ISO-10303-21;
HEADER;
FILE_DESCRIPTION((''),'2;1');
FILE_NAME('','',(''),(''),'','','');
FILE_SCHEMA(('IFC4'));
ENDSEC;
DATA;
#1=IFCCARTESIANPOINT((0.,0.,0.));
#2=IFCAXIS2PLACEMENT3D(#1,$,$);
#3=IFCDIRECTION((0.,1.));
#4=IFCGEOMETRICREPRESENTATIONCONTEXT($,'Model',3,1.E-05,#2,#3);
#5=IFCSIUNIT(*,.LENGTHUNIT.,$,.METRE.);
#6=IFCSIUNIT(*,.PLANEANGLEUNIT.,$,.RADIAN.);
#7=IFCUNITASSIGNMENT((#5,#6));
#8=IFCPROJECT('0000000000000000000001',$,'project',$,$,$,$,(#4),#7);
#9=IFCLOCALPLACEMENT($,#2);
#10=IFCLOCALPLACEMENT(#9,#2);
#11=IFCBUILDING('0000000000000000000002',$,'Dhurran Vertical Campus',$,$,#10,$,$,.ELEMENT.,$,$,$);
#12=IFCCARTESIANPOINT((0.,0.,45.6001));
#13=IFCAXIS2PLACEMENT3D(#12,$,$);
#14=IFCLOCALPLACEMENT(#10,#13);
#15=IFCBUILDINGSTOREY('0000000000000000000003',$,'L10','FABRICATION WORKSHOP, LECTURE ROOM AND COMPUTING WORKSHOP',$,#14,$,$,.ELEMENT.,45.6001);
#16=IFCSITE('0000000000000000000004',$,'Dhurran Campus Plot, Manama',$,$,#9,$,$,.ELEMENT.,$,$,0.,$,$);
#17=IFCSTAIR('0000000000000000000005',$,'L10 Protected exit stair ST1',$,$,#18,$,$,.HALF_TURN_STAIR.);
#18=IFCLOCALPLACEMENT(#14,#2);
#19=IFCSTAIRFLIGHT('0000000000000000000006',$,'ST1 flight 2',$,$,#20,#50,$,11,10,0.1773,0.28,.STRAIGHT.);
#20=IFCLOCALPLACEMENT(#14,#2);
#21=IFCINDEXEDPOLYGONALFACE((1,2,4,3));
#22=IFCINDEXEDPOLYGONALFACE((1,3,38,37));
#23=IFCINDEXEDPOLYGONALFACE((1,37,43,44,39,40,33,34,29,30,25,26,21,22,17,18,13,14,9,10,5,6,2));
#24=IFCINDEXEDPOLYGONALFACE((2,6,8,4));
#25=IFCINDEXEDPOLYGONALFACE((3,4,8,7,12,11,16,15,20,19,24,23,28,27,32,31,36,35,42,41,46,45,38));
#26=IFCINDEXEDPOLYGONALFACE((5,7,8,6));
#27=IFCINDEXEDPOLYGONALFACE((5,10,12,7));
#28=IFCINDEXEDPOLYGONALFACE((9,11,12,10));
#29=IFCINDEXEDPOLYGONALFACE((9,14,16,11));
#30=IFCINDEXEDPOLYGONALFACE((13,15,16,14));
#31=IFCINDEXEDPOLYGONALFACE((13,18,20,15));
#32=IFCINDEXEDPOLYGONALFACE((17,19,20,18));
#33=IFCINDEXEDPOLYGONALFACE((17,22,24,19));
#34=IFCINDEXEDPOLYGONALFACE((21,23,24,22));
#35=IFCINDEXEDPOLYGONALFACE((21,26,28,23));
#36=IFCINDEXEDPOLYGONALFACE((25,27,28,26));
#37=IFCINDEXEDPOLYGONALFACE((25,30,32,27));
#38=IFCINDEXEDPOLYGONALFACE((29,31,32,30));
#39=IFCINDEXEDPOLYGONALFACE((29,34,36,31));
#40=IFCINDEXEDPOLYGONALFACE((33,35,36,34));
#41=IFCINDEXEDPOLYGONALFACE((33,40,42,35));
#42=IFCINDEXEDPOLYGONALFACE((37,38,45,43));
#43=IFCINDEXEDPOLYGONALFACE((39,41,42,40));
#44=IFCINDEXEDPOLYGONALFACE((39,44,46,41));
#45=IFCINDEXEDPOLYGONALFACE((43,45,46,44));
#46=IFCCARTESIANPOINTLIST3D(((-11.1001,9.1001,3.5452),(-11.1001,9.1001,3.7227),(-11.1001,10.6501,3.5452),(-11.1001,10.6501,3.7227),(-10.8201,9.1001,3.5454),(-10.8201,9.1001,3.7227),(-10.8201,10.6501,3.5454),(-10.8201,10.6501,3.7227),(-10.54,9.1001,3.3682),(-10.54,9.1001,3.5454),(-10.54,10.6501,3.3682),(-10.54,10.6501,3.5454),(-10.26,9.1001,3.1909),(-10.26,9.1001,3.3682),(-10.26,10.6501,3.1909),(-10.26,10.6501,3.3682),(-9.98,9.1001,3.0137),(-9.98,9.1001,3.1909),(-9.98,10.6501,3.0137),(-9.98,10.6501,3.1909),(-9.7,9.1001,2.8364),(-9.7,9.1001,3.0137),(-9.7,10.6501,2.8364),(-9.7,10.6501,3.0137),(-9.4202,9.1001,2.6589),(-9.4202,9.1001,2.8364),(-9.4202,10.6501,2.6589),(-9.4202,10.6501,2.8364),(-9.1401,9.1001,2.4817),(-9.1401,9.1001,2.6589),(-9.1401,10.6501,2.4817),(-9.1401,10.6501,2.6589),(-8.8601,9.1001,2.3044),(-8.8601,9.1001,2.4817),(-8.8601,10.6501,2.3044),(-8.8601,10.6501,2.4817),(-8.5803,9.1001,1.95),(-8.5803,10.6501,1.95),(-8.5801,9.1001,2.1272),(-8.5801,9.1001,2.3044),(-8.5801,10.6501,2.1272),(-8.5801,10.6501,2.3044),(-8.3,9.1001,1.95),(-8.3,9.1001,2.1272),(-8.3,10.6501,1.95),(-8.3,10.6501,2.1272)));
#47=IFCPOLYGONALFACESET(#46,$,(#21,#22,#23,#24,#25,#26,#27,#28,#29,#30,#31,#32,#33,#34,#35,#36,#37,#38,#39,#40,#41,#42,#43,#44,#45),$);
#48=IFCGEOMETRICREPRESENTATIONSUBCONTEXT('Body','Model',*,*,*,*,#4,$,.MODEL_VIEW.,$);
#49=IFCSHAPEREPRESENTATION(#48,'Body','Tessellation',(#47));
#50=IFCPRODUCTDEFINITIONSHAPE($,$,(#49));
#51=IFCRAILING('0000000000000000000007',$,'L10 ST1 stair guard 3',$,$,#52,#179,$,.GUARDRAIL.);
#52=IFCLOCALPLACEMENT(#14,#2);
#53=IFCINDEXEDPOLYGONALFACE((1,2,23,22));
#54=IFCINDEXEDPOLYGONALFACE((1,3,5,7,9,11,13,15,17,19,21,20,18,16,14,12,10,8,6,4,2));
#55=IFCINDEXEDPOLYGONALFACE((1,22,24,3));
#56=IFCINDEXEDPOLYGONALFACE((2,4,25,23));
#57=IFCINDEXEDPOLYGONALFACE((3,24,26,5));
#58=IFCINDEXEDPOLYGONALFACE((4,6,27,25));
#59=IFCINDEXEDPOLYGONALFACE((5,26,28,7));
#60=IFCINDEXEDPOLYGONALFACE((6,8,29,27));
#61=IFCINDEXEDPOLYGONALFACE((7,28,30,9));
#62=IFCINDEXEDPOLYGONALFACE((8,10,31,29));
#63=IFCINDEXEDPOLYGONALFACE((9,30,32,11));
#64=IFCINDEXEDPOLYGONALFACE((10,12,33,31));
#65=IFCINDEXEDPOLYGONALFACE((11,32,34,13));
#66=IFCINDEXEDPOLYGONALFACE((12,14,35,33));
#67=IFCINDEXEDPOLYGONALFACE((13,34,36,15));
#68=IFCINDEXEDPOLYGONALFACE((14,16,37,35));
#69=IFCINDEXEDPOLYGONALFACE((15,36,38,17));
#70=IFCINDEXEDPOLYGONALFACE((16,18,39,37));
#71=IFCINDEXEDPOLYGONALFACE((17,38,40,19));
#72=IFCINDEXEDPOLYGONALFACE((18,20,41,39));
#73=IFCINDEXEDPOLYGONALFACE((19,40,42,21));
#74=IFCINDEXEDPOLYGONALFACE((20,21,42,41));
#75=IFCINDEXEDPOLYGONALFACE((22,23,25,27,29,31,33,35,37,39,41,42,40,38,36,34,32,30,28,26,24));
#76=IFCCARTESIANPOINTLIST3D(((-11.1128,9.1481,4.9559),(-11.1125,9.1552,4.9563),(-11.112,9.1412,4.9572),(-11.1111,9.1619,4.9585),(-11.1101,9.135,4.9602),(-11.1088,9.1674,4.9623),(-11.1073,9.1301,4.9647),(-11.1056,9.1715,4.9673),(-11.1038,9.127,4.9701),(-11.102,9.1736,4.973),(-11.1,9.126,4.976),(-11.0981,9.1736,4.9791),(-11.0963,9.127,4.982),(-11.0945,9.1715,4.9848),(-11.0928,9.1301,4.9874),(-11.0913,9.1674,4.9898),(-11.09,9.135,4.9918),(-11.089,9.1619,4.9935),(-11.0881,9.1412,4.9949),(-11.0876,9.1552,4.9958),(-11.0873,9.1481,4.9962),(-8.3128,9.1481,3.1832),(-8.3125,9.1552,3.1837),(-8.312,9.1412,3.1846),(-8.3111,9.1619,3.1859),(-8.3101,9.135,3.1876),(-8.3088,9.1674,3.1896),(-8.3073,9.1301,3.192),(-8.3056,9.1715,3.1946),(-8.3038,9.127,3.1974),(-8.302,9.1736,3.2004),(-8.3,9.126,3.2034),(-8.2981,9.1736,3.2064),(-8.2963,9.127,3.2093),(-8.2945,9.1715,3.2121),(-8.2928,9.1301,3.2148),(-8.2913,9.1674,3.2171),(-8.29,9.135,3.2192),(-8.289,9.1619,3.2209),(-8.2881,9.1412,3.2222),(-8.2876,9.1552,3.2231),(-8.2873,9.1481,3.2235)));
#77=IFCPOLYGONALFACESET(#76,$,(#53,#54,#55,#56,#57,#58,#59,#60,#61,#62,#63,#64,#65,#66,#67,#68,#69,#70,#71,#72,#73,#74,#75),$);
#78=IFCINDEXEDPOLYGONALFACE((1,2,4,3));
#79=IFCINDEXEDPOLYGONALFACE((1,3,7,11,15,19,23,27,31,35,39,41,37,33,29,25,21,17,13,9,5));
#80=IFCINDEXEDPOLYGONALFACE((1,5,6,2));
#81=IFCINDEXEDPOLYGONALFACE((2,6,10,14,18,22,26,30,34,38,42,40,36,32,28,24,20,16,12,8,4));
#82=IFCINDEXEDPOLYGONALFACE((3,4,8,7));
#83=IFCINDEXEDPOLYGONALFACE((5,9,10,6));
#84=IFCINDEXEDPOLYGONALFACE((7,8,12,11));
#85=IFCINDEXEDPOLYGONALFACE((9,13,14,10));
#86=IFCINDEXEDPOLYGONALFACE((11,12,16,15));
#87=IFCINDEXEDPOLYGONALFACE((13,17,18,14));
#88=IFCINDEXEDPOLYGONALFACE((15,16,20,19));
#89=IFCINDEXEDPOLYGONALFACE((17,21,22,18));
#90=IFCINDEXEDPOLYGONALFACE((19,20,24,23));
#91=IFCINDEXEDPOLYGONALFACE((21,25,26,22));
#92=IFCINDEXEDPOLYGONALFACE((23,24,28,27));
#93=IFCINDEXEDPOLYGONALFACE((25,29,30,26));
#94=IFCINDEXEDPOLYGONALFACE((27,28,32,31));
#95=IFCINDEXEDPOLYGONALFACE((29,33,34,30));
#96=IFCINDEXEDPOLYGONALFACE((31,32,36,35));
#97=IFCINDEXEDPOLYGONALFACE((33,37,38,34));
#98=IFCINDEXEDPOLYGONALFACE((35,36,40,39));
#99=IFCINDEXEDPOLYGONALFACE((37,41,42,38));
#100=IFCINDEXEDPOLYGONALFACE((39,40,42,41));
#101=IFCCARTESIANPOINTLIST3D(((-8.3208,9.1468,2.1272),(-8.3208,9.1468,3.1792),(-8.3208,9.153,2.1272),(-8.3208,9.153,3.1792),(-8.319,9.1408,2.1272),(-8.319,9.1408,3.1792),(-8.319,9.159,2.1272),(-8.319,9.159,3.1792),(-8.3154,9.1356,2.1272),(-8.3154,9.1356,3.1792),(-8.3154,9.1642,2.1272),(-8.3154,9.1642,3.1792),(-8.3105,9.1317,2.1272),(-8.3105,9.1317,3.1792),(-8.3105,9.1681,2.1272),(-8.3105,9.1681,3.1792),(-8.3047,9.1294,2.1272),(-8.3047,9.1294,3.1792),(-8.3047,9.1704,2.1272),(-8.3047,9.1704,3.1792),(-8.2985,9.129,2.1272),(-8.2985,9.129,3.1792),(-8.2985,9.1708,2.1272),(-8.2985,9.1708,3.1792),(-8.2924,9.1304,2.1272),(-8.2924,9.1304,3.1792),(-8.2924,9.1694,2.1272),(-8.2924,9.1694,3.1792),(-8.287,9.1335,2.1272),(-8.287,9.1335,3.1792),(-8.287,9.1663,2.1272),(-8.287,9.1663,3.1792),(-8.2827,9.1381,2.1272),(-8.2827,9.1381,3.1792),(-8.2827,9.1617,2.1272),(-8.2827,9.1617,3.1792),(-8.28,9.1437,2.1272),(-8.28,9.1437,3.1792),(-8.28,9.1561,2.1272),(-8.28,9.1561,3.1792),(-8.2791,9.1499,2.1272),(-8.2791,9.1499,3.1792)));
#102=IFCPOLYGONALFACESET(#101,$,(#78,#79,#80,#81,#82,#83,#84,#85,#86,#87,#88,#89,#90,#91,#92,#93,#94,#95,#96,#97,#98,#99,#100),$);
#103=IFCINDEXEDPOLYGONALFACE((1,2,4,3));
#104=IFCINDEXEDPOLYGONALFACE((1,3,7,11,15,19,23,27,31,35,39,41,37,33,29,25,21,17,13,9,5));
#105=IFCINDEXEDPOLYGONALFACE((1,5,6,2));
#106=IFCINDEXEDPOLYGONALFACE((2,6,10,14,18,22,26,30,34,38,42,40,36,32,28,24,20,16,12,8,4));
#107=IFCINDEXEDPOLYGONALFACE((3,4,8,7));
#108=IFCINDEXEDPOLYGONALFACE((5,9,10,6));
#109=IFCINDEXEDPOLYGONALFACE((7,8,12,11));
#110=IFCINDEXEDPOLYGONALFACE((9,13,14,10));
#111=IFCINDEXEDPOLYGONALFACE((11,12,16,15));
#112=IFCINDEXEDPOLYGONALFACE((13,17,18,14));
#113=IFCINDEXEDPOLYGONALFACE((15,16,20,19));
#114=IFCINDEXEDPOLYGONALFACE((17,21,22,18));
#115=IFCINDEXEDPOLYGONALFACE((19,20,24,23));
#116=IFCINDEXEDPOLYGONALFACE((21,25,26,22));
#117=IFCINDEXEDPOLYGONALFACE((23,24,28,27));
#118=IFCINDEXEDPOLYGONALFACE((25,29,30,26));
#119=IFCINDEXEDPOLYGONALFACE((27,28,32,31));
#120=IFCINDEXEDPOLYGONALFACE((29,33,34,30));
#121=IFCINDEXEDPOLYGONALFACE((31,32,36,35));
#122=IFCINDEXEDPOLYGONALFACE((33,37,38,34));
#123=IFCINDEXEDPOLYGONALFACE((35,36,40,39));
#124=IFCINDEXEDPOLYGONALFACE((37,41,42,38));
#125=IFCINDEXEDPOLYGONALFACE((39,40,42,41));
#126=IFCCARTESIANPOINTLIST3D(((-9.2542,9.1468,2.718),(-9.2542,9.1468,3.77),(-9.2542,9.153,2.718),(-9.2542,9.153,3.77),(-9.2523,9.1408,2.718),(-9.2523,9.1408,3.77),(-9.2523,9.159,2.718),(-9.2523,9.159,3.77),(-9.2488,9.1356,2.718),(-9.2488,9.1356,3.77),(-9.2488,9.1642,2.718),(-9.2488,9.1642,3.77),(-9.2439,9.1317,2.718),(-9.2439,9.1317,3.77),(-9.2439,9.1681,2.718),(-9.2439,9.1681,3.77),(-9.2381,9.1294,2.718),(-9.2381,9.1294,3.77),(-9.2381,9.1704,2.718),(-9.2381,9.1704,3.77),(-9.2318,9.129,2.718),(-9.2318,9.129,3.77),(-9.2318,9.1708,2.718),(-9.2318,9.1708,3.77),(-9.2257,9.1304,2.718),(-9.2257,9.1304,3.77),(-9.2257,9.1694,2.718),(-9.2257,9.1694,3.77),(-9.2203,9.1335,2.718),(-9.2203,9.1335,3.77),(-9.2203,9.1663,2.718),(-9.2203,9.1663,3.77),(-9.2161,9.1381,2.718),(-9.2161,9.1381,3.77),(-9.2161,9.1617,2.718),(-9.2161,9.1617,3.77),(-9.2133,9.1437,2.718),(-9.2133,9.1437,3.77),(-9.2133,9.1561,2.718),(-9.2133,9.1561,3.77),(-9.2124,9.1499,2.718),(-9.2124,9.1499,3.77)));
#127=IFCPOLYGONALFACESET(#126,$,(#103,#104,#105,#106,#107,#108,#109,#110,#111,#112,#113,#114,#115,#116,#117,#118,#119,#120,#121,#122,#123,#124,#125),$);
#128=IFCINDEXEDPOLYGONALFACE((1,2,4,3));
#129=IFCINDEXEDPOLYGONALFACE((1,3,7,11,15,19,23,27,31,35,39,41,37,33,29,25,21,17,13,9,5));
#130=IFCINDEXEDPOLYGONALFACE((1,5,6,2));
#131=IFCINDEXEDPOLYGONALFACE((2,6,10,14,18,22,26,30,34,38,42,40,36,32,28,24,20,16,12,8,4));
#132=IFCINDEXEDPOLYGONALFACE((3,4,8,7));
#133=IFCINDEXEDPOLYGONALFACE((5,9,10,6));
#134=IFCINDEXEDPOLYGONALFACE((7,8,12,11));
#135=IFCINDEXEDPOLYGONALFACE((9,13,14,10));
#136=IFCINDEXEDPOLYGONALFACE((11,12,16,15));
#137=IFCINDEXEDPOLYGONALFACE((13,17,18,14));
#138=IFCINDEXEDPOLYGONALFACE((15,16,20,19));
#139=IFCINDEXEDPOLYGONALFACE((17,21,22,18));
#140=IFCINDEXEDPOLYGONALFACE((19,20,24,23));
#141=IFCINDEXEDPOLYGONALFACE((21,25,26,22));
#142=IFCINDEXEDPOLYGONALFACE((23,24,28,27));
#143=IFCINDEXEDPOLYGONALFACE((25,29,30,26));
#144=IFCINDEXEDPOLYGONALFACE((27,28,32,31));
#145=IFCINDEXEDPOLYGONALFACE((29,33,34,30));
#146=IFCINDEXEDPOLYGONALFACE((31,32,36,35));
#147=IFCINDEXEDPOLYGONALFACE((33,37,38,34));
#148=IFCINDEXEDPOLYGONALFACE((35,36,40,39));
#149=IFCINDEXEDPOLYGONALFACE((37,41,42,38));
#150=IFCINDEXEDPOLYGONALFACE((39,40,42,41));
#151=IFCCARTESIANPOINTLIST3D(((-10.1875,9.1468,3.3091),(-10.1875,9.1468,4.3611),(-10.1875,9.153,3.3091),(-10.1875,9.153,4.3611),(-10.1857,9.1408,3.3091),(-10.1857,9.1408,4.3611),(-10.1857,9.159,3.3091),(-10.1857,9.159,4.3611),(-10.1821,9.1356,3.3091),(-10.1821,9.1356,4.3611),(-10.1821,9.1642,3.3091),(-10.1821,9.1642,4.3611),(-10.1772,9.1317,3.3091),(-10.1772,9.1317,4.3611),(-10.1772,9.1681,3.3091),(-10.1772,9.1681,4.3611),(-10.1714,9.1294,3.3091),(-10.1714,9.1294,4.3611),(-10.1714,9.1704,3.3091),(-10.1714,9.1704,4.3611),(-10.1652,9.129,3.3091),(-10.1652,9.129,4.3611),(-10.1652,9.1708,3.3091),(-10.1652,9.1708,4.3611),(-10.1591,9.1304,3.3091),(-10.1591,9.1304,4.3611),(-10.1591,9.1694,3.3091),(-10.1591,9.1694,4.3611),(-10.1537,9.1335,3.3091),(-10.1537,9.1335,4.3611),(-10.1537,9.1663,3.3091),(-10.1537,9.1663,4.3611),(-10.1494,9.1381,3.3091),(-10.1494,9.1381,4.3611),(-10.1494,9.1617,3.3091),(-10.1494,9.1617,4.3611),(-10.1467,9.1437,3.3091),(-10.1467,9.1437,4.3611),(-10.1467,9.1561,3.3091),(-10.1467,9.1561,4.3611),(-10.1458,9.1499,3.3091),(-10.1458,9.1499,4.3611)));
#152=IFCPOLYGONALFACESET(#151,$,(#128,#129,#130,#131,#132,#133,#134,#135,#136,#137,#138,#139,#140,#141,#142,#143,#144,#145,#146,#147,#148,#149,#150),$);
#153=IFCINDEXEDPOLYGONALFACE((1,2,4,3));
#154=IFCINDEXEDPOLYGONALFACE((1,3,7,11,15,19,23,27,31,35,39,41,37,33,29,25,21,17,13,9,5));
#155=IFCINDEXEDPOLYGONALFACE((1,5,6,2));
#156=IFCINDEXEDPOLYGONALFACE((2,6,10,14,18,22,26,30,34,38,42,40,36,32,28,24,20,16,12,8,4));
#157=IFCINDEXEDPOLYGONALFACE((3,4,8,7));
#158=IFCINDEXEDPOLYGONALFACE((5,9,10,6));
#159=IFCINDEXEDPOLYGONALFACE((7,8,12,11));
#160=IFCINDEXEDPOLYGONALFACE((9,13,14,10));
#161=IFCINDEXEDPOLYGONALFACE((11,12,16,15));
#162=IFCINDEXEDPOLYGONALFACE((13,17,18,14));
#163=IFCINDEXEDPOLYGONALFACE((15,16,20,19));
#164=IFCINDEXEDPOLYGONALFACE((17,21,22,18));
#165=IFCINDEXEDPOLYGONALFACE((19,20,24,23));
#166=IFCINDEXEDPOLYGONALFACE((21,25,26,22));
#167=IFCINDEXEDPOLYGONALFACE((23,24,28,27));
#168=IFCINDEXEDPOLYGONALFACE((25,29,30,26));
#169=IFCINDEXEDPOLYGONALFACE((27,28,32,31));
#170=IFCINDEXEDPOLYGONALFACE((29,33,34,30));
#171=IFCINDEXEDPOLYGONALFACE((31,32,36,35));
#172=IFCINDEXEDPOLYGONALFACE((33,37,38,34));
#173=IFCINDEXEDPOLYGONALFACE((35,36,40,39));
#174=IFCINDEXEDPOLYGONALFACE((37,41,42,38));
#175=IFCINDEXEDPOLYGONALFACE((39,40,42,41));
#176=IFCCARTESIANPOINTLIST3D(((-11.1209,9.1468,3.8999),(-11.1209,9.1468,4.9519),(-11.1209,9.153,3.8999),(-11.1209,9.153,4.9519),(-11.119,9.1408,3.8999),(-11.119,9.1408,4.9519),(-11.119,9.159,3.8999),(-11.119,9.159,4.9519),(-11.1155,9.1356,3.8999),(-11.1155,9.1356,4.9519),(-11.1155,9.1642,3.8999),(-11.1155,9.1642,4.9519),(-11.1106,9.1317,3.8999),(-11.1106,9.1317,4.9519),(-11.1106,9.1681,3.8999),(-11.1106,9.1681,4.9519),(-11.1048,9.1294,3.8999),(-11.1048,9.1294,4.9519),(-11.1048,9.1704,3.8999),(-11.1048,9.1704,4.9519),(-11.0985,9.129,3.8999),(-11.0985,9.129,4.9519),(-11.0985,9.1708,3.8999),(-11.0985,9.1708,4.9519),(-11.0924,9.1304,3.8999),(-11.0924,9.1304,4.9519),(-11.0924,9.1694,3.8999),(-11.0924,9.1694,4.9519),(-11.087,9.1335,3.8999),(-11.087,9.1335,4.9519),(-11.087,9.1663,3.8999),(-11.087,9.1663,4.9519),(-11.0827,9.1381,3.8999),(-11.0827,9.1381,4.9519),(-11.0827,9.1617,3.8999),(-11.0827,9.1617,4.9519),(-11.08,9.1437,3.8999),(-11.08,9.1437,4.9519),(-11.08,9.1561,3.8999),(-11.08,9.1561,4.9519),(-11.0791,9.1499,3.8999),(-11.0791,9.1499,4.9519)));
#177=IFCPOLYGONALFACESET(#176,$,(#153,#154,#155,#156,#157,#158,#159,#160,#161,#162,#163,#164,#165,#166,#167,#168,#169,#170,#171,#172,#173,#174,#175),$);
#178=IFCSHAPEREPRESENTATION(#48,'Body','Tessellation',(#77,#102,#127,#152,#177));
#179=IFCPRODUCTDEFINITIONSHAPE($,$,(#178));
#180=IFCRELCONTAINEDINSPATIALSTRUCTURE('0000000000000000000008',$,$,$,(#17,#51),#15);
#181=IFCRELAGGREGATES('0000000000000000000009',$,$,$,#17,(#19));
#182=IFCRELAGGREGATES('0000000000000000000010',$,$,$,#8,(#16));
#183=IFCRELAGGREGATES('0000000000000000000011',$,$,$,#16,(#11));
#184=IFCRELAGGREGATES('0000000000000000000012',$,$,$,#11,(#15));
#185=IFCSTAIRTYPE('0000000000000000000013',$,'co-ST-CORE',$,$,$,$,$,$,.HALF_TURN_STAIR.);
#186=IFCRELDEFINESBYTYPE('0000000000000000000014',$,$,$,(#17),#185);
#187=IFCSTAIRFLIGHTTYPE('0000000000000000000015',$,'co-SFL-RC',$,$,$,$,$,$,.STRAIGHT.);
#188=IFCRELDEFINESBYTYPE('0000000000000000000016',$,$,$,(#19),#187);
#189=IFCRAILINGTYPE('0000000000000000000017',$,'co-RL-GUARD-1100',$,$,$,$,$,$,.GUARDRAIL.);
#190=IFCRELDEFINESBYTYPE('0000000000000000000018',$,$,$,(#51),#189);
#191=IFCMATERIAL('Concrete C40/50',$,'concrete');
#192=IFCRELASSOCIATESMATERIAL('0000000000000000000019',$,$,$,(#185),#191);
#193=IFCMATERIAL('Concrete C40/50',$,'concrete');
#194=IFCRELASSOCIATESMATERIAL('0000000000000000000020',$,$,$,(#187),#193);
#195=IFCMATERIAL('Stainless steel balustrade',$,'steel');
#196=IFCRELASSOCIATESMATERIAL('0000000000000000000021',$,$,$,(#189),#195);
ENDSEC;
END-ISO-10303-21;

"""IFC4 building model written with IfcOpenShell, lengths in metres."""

from ifc_helpers import new_model, si_unit, direction, frame, origin, origin_2d, place, context, subcontext, project, spatial, polyline, circle, outline, extrude, material, type_object, element, aggregate, save


model = new_model("IFC4")

# Units and contexts
model_context = context("Model", 3, precision=1e-05, world=origin(), true_north=direction((0.0, 1.0)))
body_context = subcontext(model_context, "Body", "Model", "MODEL_VIEW")
ifc_project = project(units=[si_unit("LENGTHUNIT", "METRE"), si_unit("PLANEANGLEUNIT", "RADIAN")], contexts=[model_context])

# Site, building, storey
site_placement = place(None, origin())
site = spatial("IfcSite", under=ifc_project, at=site_placement, Name="Dhurran Campus Plot, Manama", CompositionType="ELEMENT", RefElevation=0.0)
building_placement = place(site_placement, origin())
building = spatial("IfcBuilding", under=site, at=building_placement, Name="Dhurran Vertical Campus", CompositionType="ELEMENT")
storey_placement = place(building_placement, frame((0.0, 0.0, 45.6001)))
storey = spatial("IfcBuildingStorey", under=building, at=storey_placement, Name="L10", Description="FABRICATION WORKSHOP, LECTURE ROOM AND COMPUTING WORKSHOP", CompositionType="ELEMENT", Elevation=45.6001)

# Stair, stair flight
ifc_material_1 = material(Name="Concrete C40/50", Category="concrete")
stair_type = type_object("IfcStairType", Name="co-ST-CORE", PredefinedType="HALF_TURN_STAIR", material=ifc_material_1)
stair_placement = place(storey_placement, origin())
stair = element("IfcStair", 1, at=stair_placement, inside=storey, type_object=stair_type, Name="L10 Protected exit stair ST1", PredefinedType="HALF_TURN_STAIR")
ifc_material_2 = material(Name="Concrete C40/50", Category="concrete")
stair_flight_type = type_object("IfcStairFlightType", Name="co-SFL-RC", PredefinedType="STRAIGHT", material=ifc_material_2)
stair_flight_placement = place(storey_placement, frame((-8.3, 9.875, 1.95), z_axis=(0.0, 0.0, 1.0), x_axis=(-1.0, 0.0, 0.0)))
stair_flight = element("IfcStairFlight", 2, at=stair_flight_placement, type_object=stair_flight_type, Name="ST1 flight 2", NumberOfRisers=11, NumberOfTreads=10, PredefinedType="STRAIGHT", RiserHeight=0.1773, TreadLength=0.28, context=body_context, shape_type="SweptSolid", body=[
    extrude(outline(polyline([(0.0, 0.0), (0.0, 0.1772), (0.28, 0.1772), (0.28, 0.3545), (0.5601, 0.3545), (0.5601, 0.5317), (0.8401, 0.5317), (0.8401, 0.709), (1.1201, 0.709), (1.1201, 0.8865), (1.3999, 0.8865), (1.3999, 1.0637), (1.6799, 1.0637), (1.6799, 1.241), (1.96, 1.241), (1.96, 1.4182), (2.24, 1.4182), (2.24, 1.5955), (2.52, 1.5955), (2.52, 1.7727), (2.8, 1.7727), (2.8, 1.95), (2.8, 1.5952), (0.2803, 0.0), (0.0, 0.0)])), frame((0.0, 0.7749, 0.0), z_axis=(0.0, -1.0, 0.0), x_axis=(1.0, 0.0, 0.0)), (0.0, 0.0, 1.0), 1.55),
])
aggregate(stair, [stair_flight])

# Railing
ifc_material_3 = material(Name="Stainless steel balustrade", Category="steel")
railing_type_1 = type_object("IfcRailingType", Name="co-RL-GUARD-1100", PredefinedType="GUARDRAIL", material=ifc_material_3)
railing_1_placement = place(storey_placement, frame((-8.3, 9.1499, 2.1272)))
element("IfcRailing", 3, at=railing_1_placement, inside=storey, type_object=railing_type_1, Name="L10 ST1 stair guard 3", PredefinedType="GUARDRAIL", context=body_context, shape_type="SweptSolid", body=[
    extrude(circle(Radius=0.0239, at=origin_2d()), frame((0.0, 0.0, 1.0762), z_axis=(-0.844909, 0.0, 0.53491), x_axis=(0.0, -1.0, 0.0)), (0.0, 0.0, 1.0), 3.314),
    extrude(circle(Radius=0.021, at=origin_2d()), origin(), (0.0, 0.0, 1.0), 1.052),
    extrude(circle(Radius=0.021, at=origin_2d()), frame((-0.9333, 0.0, 0.5908)), (0.0, 0.0, 1.0), 1.052),
    extrude(circle(Radius=0.021, at=origin_2d()), frame((-1.8667, 0.0, 1.1819)), (0.0, 0.0, 1.0), 1.052),
    extrude(circle(Radius=0.021, at=origin_2d()), frame((-2.8, 0.0, 1.7727)), (0.0, 0.0, 1.0), 1.052),
])

save(model, "model.ifc")
